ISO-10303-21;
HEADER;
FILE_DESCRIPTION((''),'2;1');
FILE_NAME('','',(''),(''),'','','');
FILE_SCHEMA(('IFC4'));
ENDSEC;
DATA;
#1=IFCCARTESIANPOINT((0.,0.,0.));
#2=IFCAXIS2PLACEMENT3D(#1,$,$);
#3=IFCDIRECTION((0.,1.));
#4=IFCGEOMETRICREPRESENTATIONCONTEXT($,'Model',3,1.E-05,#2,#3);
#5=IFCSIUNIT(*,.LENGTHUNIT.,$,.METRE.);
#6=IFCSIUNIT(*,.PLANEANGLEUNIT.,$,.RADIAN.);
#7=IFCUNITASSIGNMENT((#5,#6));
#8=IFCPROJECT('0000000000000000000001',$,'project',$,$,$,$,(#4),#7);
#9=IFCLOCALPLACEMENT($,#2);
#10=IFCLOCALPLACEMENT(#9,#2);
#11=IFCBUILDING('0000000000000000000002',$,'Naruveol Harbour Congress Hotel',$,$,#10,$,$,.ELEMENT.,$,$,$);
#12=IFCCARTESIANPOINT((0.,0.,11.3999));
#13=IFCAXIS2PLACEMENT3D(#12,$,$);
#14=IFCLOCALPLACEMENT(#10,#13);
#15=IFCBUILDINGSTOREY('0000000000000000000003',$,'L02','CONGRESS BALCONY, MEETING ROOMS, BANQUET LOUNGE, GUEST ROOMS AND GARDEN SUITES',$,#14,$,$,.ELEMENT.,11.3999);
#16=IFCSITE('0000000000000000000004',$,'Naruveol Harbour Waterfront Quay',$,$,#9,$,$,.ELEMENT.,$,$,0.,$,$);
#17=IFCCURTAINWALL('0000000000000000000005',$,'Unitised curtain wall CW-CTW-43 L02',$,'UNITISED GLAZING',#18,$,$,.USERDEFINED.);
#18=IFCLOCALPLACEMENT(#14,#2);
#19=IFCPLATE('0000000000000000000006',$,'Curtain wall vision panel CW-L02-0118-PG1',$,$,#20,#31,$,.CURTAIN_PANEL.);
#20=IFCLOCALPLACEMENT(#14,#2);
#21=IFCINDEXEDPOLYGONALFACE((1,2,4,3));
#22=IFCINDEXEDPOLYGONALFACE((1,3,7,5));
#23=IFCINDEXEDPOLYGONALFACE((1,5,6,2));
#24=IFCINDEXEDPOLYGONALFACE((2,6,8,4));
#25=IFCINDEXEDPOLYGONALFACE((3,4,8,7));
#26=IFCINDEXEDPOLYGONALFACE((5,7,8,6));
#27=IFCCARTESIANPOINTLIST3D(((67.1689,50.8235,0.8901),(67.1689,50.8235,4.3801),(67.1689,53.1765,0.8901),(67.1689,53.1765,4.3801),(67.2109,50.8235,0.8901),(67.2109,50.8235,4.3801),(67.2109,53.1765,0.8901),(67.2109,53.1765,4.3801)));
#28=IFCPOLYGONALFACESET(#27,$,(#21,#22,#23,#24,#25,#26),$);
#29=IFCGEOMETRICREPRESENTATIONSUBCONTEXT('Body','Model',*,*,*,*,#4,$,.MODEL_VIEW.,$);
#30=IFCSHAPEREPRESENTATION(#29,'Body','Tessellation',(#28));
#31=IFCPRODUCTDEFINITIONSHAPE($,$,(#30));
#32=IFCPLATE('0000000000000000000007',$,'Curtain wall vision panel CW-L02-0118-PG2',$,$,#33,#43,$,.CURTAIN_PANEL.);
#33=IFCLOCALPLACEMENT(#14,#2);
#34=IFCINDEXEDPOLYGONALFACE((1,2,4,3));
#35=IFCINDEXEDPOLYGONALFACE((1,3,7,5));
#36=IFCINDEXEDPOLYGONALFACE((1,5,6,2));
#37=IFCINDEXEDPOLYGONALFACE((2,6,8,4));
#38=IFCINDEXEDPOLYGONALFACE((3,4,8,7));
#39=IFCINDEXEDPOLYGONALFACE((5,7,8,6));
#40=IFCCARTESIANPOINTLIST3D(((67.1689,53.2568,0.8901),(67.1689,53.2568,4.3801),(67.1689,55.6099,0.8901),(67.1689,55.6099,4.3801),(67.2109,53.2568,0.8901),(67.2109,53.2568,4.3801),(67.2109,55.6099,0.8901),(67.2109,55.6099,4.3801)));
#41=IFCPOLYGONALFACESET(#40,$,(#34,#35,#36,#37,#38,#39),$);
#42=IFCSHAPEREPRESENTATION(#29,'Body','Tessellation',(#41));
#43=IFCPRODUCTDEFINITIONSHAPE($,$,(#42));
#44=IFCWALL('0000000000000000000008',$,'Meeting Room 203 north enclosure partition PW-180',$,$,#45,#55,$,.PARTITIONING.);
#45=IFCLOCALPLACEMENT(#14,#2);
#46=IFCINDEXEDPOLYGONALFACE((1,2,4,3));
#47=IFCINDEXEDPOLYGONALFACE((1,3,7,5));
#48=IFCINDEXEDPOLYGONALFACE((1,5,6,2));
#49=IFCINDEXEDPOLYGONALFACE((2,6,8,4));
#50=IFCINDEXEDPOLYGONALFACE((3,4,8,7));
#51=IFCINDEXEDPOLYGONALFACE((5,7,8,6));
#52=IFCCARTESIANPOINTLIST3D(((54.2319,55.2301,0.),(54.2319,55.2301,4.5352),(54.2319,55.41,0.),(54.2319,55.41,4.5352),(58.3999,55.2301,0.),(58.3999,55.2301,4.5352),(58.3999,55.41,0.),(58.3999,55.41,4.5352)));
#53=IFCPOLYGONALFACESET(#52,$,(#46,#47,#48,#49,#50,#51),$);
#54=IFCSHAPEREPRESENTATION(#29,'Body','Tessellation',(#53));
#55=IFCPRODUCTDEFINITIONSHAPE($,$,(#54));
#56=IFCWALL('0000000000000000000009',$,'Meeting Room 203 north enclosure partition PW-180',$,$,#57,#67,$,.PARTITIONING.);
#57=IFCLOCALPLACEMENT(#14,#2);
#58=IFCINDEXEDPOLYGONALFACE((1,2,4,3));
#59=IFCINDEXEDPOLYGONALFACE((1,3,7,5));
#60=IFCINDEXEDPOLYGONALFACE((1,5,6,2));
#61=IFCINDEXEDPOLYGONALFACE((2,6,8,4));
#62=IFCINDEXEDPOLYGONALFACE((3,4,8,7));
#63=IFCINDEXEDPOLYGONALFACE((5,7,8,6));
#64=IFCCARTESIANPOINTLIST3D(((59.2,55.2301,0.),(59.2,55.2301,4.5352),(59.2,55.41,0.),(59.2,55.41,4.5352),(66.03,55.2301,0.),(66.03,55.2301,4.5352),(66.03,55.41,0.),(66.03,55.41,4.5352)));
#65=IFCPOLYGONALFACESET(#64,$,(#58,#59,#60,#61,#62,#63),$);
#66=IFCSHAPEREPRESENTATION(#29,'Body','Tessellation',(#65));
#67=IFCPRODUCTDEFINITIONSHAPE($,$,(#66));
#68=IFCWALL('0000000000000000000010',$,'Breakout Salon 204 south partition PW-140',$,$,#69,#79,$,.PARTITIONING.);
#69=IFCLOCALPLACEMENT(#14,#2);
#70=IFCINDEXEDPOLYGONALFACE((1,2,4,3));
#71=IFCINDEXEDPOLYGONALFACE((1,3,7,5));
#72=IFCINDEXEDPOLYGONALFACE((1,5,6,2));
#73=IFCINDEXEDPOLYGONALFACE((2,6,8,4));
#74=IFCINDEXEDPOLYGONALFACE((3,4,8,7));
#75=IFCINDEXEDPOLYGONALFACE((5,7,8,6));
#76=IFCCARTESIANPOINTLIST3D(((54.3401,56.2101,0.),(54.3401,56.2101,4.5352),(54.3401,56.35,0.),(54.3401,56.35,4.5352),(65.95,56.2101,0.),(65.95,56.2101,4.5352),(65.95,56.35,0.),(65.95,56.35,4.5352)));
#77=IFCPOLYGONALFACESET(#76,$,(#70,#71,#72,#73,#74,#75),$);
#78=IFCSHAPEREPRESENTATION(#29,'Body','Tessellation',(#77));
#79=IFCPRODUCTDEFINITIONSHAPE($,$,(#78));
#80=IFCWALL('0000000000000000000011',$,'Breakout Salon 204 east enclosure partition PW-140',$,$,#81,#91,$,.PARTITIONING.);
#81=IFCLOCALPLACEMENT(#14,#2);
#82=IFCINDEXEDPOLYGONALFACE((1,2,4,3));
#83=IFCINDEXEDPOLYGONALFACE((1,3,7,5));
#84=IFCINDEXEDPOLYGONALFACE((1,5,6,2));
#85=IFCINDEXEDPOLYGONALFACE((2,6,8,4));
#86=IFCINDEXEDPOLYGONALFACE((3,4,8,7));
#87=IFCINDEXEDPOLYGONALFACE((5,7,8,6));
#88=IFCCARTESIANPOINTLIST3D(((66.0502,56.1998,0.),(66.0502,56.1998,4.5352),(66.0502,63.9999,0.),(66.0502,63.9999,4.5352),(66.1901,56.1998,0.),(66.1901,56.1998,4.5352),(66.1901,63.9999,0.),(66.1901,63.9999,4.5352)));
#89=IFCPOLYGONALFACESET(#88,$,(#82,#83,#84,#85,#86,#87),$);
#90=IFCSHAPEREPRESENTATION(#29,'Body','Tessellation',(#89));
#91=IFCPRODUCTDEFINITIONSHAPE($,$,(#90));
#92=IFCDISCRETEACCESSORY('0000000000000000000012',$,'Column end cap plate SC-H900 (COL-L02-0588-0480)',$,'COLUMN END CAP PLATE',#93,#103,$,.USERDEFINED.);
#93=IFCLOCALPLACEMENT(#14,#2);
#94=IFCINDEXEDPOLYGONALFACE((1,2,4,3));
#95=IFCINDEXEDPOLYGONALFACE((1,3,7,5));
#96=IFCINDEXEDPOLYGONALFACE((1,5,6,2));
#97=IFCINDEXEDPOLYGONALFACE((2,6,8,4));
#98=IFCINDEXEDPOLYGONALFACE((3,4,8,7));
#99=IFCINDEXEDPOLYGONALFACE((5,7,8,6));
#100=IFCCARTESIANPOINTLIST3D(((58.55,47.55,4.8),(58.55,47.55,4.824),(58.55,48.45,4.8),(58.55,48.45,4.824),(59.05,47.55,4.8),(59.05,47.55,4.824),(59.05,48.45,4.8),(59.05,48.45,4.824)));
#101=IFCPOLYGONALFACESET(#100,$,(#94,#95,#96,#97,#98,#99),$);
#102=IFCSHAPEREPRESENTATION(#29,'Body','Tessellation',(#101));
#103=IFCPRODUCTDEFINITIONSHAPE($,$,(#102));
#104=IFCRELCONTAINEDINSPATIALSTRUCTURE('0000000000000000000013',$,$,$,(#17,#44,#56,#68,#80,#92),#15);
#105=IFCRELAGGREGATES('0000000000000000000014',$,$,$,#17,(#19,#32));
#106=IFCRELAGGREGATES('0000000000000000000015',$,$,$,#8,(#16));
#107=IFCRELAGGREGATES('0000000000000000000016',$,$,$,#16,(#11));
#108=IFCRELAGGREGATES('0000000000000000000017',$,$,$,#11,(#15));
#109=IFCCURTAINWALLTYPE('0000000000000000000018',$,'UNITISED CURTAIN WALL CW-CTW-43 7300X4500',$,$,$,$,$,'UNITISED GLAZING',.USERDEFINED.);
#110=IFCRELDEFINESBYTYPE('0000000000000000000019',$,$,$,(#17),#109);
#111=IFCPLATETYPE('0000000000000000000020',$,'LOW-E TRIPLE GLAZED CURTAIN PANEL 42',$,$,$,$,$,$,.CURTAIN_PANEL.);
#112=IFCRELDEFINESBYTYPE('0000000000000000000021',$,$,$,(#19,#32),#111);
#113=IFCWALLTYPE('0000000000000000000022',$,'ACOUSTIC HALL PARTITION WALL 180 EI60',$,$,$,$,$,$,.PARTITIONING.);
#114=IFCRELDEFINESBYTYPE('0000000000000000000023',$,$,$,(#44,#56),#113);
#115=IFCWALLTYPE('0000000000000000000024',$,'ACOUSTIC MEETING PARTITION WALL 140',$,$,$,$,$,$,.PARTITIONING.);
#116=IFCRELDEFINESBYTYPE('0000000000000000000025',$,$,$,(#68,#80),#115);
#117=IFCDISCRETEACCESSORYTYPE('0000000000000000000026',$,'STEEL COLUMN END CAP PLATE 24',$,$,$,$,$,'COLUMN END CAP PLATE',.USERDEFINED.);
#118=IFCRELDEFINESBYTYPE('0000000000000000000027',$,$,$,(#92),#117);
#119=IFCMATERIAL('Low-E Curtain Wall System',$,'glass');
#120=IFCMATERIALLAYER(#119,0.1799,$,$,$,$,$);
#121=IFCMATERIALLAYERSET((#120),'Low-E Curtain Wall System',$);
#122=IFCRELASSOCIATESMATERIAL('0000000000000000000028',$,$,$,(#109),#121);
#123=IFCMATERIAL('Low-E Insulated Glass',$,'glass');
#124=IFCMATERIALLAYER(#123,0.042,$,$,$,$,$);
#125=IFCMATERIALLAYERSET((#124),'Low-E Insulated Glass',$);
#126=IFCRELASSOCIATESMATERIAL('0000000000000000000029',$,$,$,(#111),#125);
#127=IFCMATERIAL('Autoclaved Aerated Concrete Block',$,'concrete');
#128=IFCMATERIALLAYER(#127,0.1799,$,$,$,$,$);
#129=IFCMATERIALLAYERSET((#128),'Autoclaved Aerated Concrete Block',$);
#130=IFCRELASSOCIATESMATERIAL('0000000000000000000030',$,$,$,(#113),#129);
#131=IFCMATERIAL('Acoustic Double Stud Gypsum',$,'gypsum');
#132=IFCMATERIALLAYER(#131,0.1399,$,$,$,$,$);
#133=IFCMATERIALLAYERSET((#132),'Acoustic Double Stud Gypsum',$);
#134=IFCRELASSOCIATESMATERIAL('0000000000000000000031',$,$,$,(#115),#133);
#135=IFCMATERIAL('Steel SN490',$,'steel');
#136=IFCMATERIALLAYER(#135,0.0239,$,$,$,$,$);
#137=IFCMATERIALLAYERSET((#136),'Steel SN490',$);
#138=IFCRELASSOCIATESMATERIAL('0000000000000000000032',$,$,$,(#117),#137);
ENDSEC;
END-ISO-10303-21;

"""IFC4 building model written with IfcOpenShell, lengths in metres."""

from ifc_helpers import new_model, si_unit, direction, frame, frame_2d, origin, origin_2d, place, context, subcontext, project, spatial, rectangle, extrude, material, layer, layer_set, type_object, element, aggregate, save


model = new_model("IFC4")

# Units and contexts
model_context = context("Model", 3, precision=1e-05, world=origin(), true_north=direction((0.0, 1.0)))
body_context = subcontext(model_context, "Body", "Model", "MODEL_VIEW")
ifc_project = project(units=[si_unit("LENGTHUNIT", "METRE"), si_unit("PLANEANGLEUNIT", "RADIAN")], contexts=[model_context])

# Site, building, storey
site_placement = place(None, origin())
site = spatial("IfcSite", under=ifc_project, at=site_placement, Name="Naruveol Harbour Waterfront Quay", CompositionType="ELEMENT", RefElevation=0.0)
building_placement = place(site_placement, origin())
building = spatial("IfcBuilding", under=site, at=building_placement, Name="Naruveol Harbour Congress Hotel", CompositionType="ELEMENT")
storey_placement = place(building_placement, frame((0.0, 0.0, 11.3999)))
storey = spatial("IfcBuildingStorey", under=building, at=storey_placement, Name="L02", Description="CONGRESS BALCONY, MEETING ROOMS, BANQUET LOUNGE, GUEST ROOMS AND GARDEN SUITES", CompositionType="ELEMENT", Elevation=11.3999)

# Curtain wall
ifc_material_1 = material(Name="Low-E Curtain Wall System", Category="glass")
ifc_layer_1 = layer(ifc_material_1, 0.1799)
ifc_layer_set_1 = layer_set([ifc_layer_1], Name="Low-E Curtain Wall System")
curtain_wall_type_1 = type_object("IfcCurtainWallType", Name="UNITISED CURTAIN WALL CW-CTW-43 7300X4500", ElementType="UNITISED GLAZING", PredefinedType="USERDEFINED", material=ifc_layer_set_1)
curtain_wall_1_placement = place(storey_placement, origin())
curtain_wall_1 = element("IfcCurtainWall", 1, at=curtain_wall_1_placement, inside=storey, type_object=curtain_wall_type_1, Name="Unitised curtain wall CW-CTW-43 L02", ObjectType="UNITISED GLAZING", PredefinedType="USERDEFINED")

# Plates
ifc_material_2 = material(Name="Low-E Insulated Glass", Category="glass")
ifc_layer_2 = layer(ifc_material_2, 0.042)
ifc_layer_set_2 = layer_set([ifc_layer_2], Name="Low-E Insulated Glass")
plate_type_1 = type_object("IfcPlateType", Name="LOW-E TRIPLE GLAZED CURTAIN PANEL 42", PredefinedType="CURTAIN_PANEL", material=ifc_layer_set_2)
plate_1_placement = place(storey_placement, frame((67.1899, 52.0, 0.8901), z_axis=(0.0, 0.0, 1.0), x_axis=(0.0, 1.0, 0.0)))
plate_1 = element("IfcPlate", 2, at=plate_1_placement, type_object=plate_type_1, Name="Curtain wall vision panel CW-L02-0118-PG1", PredefinedType="CURTAIN_PANEL", context=body_context, shape_type="SweptSolid", body=[
    extrude(rectangle(XDim=2.353, YDim=0.042, at=origin_2d()), origin(), (0.0, 0.0, 1.0), 3.49),
])
plate_2_placement = place(storey_placement, frame((67.1899, 54.4333, 0.8901), z_axis=(0.0, 0.0, 1.0), x_axis=(0.0, 1.0, 0.0)))
plate_2 = element("IfcPlate", 3, at=plate_2_placement, type_object=plate_type_1, Name="Curtain wall vision panel CW-L02-0118-PG2", PredefinedType="CURTAIN_PANEL", context=body_context, shape_type="SweptSolid", body=[
    extrude(rectangle(XDim=2.353, YDim=0.042, at=origin_2d()), origin(), (0.0, 0.0, 1.0), 3.49),
])
aggregate(curtain_wall_1, [plate_1, plate_2])

# Walls
ifc_material_3 = material(Name="Autoclaved Aerated Concrete Block", Category="concrete")
ifc_layer_3 = layer(ifc_material_3, 0.1799)
ifc_layer_set_3 = layer_set([ifc_layer_3], Name="Autoclaved Aerated Concrete Block")
wall_type_1 = type_object("IfcWallType", Name="ACOUSTIC HALL PARTITION WALL 180 EI60", PredefinedType="PARTITIONING", material=ifc_layer_set_3)
wall_1_placement = place(storey_placement, frame((54.2319, 55.3201, 0.0), z_axis=(0.0, 0.0, 1.0), x_axis=(1.0, 0.0, 0.0)))
element("IfcWall", 4, at=wall_1_placement, inside=storey, type_object=wall_type_1, Name="Meeting Room 203 north enclosure partition PW-180", PredefinedType="PARTITIONING", context=body_context, shape_type="SweptSolid", body=[
    extrude(rectangle(XDim=4.168, YDim=0.1799, at=frame_2d((2.084, 0.0))), origin(), (0.0, 0.0, 1.0), 4.5352),
])
wall_2_placement = place(storey_placement, frame((59.2, 55.3201, 0.0), z_axis=(0.0, 0.0, 1.0), x_axis=(1.0, 0.0, 0.0)))
element("IfcWall", 5, at=wall_2_placement, inside=storey, type_object=wall_type_1, Name="Meeting Room 203 north enclosure partition PW-180", PredefinedType="PARTITIONING", context=body_context, shape_type="SweptSolid", body=[
    extrude(rectangle(XDim=6.8301, YDim=0.1799, at=frame_2d((3.415, 0.0))), origin(), (0.0, 0.0, 1.0), 4.5352),
])
ifc_material_4 = material(Name="Acoustic Double Stud Gypsum", Category="gypsum")
ifc_layer_4 = layer(ifc_material_4, 0.1399)
ifc_layer_set_4 = layer_set([ifc_layer_4], Name="Acoustic Double Stud Gypsum")
wall_type_2 = type_object("IfcWallType", Name="ACOUSTIC MEETING PARTITION WALL 140", PredefinedType="PARTITIONING", material=ifc_layer_set_4)
wall_3_placement = place(storey_placement, frame((54.3401, 56.28, 0.0), z_axis=(0.0, 0.0, 1.0), x_axis=(1.0, 0.0, 0.0)))
element("IfcWall", 6, at=wall_3_placement, inside=storey, type_object=wall_type_2, Name="Breakout Salon 204 south partition PW-140", PredefinedType="PARTITIONING", context=body_context, shape_type="SweptSolid", body=[
    extrude(rectangle(XDim=11.6099, YDim=0.1399, at=frame_2d((5.8049, 0.0))), origin(), (0.0, 0.0, 1.0), 4.5352),
])
wall_4_placement = place(storey_placement, frame((66.1201, 56.2, 0.0), z_axis=(0.0, 0.0, 1.0), x_axis=(0.0, 1.0, 0.0)))
element("IfcWall", 7, at=wall_4_placement, inside=storey, type_object=wall_type_2, Name="Breakout Salon 204 east enclosure partition PW-140", PredefinedType="PARTITIONING", context=body_context, shape_type="SweptSolid", body=[
    extrude(rectangle(XDim=7.8, YDim=0.1399, at=frame_2d((3.8999, 0.0))), origin(), (0.0, 0.0, 1.0), 4.5352),
])

# Discrete accessory
ifc_material_5 = material(Name="Steel SN490", Category="steel")
ifc_layer_5 = layer(ifc_material_5, 0.0239)
ifc_layer_set_5 = layer_set([ifc_layer_5], Name="Steel SN490")
discrete_accessory_type = type_object("IfcDiscreteAccessoryType", Name="STEEL COLUMN END CAP PLATE 24", ElementType="COLUMN END CAP PLATE", PredefinedType="USERDEFINED", material=ifc_layer_set_5)
discrete_accessory_placement = place(storey_placement, frame((58.8, 48.0, 4.8), z_axis=(0.0, 0.0, 1.0), x_axis=(1.0, 0.0, 0.0)))
element("IfcDiscreteAccessory", 8, at=discrete_accessory_placement, inside=storey, type_object=discrete_accessory_type, Name="Column end cap plate SC-H900 (COL-L02-0588-0480)", ObjectType="COLUMN END CAP PLATE", PredefinedType="USERDEFINED", context=body_context, shape_type="SweptSolid", body=[
    extrude(rectangle(XDim=0.5, YDim=0.8999, at=origin_2d()), origin(), (0.0, 0.0, 1.0), 0.0239),
])

save(model, "model.ifc")
